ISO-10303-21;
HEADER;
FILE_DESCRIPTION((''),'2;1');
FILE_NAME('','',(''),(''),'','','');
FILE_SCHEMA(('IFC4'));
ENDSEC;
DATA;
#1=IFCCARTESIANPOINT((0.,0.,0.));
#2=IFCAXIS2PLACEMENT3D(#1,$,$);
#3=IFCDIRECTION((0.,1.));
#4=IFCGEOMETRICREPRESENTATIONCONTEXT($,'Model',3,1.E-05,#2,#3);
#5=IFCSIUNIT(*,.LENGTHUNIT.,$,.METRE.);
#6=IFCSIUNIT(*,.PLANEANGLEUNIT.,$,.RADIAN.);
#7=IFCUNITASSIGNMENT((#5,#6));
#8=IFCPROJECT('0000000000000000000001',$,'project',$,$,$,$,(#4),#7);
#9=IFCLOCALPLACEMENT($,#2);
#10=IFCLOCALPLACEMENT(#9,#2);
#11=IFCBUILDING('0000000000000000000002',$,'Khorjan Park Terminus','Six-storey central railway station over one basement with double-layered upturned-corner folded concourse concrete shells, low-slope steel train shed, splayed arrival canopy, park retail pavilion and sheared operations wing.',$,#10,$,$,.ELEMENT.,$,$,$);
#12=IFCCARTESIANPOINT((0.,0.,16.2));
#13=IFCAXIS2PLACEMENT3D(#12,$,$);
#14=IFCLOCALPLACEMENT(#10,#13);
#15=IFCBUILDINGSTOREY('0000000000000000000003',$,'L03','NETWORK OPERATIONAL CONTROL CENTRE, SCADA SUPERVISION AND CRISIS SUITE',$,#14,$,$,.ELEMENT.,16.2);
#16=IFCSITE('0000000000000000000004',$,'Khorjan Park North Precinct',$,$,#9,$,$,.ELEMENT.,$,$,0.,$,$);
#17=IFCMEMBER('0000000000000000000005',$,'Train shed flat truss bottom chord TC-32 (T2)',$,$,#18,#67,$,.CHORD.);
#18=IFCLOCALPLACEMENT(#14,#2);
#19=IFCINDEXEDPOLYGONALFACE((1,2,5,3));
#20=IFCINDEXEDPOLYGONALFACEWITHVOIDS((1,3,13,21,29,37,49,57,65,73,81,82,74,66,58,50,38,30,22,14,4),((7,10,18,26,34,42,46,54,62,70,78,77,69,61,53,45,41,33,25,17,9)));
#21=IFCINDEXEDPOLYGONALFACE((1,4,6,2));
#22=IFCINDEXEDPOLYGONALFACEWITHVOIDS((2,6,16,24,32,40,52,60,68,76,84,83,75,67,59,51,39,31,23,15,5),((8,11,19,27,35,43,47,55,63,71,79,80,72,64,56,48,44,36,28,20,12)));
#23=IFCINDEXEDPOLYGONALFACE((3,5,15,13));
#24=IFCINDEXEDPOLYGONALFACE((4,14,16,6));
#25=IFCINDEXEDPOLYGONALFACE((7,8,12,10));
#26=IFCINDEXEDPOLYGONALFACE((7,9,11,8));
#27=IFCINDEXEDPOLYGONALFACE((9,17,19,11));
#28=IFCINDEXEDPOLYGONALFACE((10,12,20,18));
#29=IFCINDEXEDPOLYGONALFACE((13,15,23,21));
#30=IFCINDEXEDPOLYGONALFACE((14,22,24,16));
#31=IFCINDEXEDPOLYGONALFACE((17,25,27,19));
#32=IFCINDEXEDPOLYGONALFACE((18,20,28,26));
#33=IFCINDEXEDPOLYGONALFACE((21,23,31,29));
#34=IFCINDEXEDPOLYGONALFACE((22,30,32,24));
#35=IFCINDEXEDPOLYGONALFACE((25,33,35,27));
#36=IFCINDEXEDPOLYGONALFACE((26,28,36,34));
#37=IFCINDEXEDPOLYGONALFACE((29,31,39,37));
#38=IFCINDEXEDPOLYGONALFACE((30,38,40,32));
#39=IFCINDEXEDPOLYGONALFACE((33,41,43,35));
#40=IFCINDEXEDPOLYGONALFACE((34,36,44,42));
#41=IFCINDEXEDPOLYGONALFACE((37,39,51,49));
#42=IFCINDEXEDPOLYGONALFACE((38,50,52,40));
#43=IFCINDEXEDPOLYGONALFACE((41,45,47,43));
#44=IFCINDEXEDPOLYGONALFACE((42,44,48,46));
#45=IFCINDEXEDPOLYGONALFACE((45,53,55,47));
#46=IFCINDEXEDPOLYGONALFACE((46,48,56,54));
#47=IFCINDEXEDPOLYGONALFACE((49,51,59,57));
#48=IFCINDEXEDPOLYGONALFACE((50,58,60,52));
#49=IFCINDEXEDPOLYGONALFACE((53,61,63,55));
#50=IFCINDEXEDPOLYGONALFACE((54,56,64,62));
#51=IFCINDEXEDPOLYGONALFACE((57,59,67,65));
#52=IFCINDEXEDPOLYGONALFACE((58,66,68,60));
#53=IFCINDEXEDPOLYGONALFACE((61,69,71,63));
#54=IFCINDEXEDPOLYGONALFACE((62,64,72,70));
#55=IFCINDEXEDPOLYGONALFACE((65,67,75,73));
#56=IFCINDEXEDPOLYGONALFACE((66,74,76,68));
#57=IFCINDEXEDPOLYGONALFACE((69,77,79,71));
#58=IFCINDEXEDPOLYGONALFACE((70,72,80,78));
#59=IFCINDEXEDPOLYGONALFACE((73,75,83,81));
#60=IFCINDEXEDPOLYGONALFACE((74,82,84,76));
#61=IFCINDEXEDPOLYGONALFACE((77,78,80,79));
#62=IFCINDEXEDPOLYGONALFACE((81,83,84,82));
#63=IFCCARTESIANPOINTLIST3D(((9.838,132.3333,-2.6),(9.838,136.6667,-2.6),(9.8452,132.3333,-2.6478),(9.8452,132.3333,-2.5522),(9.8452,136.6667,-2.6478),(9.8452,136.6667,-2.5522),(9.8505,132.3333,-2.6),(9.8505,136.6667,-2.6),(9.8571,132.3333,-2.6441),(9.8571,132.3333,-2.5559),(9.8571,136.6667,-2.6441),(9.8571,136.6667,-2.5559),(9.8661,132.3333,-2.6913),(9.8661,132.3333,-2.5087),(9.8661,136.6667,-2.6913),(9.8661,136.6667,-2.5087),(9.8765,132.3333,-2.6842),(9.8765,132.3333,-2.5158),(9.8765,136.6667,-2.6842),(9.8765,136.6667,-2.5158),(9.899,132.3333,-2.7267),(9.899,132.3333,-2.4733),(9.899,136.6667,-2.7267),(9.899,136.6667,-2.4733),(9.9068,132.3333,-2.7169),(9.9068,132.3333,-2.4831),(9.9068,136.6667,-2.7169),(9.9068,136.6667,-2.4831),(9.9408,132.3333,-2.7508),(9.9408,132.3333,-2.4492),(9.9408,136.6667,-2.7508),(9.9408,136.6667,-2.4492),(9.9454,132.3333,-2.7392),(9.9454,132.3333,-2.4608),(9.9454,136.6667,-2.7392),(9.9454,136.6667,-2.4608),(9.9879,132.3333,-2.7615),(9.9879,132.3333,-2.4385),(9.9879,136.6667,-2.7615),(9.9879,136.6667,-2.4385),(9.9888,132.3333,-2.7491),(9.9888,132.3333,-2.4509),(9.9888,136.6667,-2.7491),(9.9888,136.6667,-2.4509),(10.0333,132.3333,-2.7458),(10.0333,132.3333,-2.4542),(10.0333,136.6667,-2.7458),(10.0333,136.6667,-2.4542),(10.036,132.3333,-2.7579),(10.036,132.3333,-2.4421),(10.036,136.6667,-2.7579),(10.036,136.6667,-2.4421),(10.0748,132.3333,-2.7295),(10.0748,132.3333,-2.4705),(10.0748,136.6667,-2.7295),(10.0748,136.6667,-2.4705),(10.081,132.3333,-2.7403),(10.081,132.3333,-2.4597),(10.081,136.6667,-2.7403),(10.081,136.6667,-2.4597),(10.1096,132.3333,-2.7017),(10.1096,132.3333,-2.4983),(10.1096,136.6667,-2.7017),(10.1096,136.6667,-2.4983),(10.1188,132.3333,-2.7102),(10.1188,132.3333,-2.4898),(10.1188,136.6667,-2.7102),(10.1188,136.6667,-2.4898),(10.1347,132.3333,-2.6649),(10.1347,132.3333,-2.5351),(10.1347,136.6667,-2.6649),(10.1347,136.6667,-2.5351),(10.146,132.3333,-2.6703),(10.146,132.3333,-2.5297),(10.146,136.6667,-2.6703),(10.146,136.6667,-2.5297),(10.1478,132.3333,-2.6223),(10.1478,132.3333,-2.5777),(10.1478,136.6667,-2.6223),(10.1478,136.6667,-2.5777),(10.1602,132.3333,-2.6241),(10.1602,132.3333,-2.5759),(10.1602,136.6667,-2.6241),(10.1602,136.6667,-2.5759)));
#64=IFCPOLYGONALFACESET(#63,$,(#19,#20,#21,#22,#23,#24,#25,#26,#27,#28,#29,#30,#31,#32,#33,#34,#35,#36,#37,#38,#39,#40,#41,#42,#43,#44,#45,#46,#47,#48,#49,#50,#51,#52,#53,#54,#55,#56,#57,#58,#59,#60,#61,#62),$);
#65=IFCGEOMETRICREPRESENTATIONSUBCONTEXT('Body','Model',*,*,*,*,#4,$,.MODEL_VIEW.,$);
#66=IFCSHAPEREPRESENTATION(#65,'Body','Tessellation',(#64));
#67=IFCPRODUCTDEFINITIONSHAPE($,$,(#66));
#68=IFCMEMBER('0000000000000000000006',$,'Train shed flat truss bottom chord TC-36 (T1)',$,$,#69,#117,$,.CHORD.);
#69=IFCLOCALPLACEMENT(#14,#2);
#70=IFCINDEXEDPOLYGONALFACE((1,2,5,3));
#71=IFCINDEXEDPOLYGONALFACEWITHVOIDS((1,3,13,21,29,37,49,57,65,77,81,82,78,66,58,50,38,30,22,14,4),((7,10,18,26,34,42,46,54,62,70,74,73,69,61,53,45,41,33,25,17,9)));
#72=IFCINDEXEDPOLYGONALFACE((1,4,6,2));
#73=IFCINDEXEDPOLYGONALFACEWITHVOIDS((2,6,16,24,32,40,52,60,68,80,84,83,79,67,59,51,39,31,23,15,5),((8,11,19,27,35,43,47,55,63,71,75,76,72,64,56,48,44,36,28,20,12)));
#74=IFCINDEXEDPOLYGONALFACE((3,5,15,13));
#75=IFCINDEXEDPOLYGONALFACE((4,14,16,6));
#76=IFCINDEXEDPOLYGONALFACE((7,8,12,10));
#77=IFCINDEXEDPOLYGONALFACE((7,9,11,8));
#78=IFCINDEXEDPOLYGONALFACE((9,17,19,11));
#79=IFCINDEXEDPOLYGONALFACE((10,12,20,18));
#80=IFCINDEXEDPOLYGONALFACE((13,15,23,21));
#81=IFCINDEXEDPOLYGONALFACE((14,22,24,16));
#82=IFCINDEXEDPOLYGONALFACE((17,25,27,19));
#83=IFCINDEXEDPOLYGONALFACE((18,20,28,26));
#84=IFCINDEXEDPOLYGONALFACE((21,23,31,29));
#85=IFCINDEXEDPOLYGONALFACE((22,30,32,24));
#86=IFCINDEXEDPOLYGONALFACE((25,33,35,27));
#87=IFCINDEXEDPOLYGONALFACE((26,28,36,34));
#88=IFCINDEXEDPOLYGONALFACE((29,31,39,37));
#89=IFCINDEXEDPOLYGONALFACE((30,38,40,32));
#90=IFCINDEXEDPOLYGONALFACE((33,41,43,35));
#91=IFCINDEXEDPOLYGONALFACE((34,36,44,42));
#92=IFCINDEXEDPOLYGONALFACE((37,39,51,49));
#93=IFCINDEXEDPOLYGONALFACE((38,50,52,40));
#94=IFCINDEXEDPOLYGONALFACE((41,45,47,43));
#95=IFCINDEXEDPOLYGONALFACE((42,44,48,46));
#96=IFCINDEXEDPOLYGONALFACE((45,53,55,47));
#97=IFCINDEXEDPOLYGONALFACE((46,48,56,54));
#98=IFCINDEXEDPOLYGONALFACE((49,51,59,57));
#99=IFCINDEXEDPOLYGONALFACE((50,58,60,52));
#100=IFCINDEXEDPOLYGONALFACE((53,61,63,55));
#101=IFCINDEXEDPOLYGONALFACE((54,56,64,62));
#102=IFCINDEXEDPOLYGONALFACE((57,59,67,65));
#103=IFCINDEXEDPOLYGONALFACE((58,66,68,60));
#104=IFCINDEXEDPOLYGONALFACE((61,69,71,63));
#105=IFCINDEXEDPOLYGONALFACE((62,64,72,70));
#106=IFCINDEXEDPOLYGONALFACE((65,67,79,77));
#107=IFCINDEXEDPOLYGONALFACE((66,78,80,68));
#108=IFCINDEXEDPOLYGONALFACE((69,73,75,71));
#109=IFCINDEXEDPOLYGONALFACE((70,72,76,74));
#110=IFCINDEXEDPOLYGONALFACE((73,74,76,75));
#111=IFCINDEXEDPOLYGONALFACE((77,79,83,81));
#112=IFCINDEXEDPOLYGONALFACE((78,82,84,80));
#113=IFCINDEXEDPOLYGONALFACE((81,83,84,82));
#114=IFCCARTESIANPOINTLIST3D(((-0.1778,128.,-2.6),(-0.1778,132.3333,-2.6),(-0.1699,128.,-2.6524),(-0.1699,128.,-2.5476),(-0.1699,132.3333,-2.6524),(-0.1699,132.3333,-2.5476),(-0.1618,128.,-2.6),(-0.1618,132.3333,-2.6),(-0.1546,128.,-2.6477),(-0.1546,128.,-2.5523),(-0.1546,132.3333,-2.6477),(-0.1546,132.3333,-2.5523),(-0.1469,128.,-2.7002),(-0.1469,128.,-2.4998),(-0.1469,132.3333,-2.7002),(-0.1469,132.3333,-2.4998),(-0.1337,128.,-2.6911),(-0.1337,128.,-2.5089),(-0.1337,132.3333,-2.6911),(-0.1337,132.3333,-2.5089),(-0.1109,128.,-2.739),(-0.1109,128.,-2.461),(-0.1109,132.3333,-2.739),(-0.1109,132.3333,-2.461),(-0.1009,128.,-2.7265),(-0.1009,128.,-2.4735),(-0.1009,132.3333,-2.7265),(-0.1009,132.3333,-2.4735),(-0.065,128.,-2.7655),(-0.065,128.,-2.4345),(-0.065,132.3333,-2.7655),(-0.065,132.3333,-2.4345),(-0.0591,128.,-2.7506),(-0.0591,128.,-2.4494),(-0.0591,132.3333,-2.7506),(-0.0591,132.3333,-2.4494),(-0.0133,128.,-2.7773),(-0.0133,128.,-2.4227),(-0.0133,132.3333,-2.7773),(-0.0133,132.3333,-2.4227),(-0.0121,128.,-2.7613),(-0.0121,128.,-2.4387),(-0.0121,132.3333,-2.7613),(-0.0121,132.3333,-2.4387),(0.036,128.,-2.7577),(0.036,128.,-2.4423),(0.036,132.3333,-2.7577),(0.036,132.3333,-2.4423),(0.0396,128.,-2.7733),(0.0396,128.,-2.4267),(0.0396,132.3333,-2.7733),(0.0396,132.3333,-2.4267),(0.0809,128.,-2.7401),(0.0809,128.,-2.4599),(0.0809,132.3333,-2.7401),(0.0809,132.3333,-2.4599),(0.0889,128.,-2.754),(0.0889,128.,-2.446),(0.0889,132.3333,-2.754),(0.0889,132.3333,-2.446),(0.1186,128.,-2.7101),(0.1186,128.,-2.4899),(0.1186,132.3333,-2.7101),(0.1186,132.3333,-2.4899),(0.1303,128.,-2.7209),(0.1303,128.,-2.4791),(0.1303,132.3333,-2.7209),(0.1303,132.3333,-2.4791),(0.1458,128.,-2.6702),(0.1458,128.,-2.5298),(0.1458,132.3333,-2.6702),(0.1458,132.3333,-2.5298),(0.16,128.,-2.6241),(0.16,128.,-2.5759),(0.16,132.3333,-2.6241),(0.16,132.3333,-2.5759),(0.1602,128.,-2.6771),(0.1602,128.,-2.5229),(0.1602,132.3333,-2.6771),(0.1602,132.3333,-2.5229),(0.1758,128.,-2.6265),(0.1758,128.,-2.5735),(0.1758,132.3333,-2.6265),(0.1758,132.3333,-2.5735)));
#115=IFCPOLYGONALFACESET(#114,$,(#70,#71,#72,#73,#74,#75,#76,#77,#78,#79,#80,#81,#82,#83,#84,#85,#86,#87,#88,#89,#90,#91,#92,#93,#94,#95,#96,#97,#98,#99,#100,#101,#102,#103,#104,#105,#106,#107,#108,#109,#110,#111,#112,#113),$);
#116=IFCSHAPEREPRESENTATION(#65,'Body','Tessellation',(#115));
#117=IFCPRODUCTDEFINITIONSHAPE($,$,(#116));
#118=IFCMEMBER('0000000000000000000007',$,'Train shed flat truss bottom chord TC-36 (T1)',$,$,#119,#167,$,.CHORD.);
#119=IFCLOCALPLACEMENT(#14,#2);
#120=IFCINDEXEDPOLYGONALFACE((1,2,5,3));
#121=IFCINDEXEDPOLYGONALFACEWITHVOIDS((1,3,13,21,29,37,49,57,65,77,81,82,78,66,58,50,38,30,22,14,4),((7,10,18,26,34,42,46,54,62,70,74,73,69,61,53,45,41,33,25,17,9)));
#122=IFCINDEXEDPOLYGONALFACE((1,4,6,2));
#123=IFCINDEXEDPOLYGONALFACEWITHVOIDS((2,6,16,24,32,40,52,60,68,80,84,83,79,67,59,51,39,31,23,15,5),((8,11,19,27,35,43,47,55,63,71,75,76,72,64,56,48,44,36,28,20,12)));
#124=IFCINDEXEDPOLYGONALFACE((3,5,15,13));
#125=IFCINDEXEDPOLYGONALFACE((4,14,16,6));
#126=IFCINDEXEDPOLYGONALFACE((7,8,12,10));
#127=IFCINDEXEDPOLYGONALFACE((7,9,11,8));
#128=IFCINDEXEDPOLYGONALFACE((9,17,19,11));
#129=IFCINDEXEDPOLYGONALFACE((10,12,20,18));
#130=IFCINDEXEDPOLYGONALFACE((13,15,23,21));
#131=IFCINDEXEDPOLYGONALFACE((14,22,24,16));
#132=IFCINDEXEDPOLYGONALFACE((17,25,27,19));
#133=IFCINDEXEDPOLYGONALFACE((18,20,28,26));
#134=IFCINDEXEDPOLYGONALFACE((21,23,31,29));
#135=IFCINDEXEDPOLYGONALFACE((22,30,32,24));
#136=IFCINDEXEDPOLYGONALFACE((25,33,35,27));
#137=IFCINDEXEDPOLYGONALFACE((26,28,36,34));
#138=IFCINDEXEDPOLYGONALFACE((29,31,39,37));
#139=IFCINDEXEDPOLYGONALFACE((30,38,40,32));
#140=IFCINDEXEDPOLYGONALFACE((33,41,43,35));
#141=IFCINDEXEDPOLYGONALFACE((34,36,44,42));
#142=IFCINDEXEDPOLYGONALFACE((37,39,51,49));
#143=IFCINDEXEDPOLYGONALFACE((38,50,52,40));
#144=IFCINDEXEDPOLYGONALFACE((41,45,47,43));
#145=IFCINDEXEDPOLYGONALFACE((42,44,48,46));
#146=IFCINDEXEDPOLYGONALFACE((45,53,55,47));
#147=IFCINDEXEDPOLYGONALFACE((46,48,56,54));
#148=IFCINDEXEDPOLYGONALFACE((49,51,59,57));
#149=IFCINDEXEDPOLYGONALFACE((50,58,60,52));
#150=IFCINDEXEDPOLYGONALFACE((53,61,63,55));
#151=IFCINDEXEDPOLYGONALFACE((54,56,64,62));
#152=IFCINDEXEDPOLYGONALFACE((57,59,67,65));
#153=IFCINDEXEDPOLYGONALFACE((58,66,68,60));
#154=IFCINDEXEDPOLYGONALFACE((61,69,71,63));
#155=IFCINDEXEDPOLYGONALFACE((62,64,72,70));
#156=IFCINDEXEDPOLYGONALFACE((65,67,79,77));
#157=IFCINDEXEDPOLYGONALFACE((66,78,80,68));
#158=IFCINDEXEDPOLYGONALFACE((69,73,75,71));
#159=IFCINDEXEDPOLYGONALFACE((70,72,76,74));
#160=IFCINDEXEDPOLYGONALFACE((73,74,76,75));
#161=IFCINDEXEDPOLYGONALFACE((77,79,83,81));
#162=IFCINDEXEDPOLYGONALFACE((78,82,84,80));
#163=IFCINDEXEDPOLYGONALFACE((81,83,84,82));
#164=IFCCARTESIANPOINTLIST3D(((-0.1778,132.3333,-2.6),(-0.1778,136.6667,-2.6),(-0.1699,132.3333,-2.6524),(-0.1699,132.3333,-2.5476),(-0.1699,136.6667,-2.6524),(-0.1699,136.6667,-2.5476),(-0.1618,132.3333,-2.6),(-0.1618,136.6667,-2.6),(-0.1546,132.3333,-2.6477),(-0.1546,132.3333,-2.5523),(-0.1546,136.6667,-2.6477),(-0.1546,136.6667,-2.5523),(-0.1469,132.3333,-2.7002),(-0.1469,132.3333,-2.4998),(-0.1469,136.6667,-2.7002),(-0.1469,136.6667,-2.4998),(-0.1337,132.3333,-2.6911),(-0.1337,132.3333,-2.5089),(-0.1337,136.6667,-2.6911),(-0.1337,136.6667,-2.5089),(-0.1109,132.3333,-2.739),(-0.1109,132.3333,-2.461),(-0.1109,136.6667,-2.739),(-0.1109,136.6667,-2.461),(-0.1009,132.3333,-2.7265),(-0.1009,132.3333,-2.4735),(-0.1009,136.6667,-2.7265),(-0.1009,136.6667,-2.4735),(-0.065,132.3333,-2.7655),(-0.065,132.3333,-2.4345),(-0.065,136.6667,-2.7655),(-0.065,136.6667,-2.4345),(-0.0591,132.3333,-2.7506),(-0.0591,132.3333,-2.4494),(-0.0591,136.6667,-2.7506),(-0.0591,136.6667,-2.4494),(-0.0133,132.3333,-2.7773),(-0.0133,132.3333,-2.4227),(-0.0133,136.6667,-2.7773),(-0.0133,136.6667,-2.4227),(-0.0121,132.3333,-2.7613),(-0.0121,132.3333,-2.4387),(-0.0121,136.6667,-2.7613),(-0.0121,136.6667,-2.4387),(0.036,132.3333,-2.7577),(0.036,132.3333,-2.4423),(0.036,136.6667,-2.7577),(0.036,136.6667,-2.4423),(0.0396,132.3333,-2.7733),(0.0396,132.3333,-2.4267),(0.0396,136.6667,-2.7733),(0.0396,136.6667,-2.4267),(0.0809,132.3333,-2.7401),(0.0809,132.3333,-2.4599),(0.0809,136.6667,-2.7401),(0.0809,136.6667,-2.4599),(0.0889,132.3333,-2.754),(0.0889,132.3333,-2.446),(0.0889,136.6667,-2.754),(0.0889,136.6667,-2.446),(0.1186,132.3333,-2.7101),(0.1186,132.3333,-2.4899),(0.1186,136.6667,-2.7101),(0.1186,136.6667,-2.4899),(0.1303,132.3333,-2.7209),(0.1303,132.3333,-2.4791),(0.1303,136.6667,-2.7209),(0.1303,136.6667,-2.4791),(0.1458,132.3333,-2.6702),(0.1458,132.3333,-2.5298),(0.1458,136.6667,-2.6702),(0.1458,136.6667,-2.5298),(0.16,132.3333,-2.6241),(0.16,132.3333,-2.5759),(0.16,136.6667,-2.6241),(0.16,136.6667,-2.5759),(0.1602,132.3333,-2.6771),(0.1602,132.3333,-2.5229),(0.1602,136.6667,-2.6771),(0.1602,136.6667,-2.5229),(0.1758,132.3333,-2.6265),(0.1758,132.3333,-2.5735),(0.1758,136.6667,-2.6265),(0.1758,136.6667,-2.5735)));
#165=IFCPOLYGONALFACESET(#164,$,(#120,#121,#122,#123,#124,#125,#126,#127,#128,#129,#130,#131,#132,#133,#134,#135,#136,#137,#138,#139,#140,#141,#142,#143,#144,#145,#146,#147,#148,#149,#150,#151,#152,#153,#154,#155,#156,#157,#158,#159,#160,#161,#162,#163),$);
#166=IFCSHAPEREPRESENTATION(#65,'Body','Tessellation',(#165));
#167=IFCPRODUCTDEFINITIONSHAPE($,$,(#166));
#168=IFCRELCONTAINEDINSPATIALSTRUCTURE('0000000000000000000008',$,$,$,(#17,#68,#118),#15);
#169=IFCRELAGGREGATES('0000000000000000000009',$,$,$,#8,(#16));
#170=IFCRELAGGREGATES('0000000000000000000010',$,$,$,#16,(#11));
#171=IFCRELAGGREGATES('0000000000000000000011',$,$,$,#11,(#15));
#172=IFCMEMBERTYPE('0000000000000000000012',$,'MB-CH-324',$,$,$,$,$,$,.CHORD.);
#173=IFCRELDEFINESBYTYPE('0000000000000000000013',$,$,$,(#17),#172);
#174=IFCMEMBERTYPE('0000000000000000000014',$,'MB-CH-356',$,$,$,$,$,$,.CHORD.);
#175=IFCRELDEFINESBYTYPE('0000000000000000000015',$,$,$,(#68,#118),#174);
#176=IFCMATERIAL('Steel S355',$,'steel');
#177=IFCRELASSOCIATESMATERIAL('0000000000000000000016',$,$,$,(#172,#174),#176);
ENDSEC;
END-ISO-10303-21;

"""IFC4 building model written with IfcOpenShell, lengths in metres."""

from ifc_helpers import new_model, si_unit, direction, frame, origin, origin_2d, place, context, subcontext, project, spatial, hollow_circle, extrude, material, material_profile, profile_set, type_object, element, save


model = new_model("IFC4")

# Units and contexts
model_context = context("Model", 3, precision=1e-05, world=origin(), true_north=direction((0.0, 1.0)))
body_context = subcontext(model_context, "Body", "Model", "MODEL_VIEW")
ifc_project = project(units=[si_unit("LENGTHUNIT", "METRE"), si_unit("PLANEANGLEUNIT", "RADIAN")], contexts=[model_context])

# Site, building, storey
site_placement = place(None, origin())
site = spatial("IfcSite", under=ifc_project, at=site_placement, Name="Khorjan Park North Precinct", CompositionType="ELEMENT", RefElevation=0.0)
building_placement = place(site_placement, origin())
building = spatial("IfcBuilding", under=site, at=building_placement, Name="Khorjan Park Terminus", Description="Six-storey central railway station over one basement with double-layered upturned-corner folded concourse concrete shells, low-slope steel train shed, splayed arrival canopy, park retail pavilion and sheared operations wing.", CompositionType="ELEMENT")
storey_placement = place(building_placement, frame((0.0, 0.0, 16.2)))
storey = spatial("IfcBuildingStorey", under=building, at=storey_placement, Name="L03", Description="NETWORK OPERATIONAL CONTROL CENTRE, SCADA SUPERVISION AND CRISIS SUITE", CompositionType="ELEMENT", Elevation=16.2)

# Members
ifc_material_1 = material(Name="Steel S355", Category="steel")
ifc_material_profile_1 = material_profile(ifc_material_1, hollow_circle(Radius=0.162, WallThickness=0.0125, at=origin_2d()), Name="CHS 323.9x12.5")
ifc_profile_set_1 = profile_set([ifc_material_profile_1], Name="Steel S355")
member_type_1 = type_object("IfcMemberType", Name="MB-CH-324", PredefinedType="CHORD", material=ifc_profile_set_1)
member_1_placement = place(storey_placement, frame((10.0, 132.3333, -2.6), z_axis=(0.0, 1.0, 0.0), x_axis=(-1.0, 0.0, 0.0)))
element("IfcMember", 1, at=member_1_placement, inside=storey, type_object=member_type_1, Name="Train shed flat truss bottom chord TC-32 (T2)", PredefinedType="CHORD", context=body_context, shape_type="SweptSolid", body=[
    extrude(hollow_circle(Radius=0.162, WallThickness=0.0125, at=origin_2d()), origin(), (0.0, 0.0, 1.0), 4.3334),
])
ifc_material_profile_2 = material_profile(ifc_material_1, hollow_circle(Radius=0.1778, WallThickness=0.016, at=origin_2d()), Name="CHS 355.6x16")
ifc_profile_set_2 = profile_set([ifc_material_profile_2], Name="Steel S355")
member_type_2 = type_object("IfcMemberType", Name="MB-CH-356", PredefinedType="CHORD", material=ifc_profile_set_2)
member_2_placement = place(storey_placement, frame((0.0, 128.0, -2.6), z_axis=(0.0, 1.0, 0.0), x_axis=(-1.0, 0.0, 0.0)))
element("IfcMember", 2, at=member_2_placement, inside=storey, type_object=member_type_2, Name="Train shed flat truss bottom chord TC-36 (T1)", PredefinedType="CHORD", context=body_context, shape_type="SweptSolid", body=[
    extrude(hollow_circle(Radius=0.1778, WallThickness=0.016, at=origin_2d()), origin(), (0.0, 0.0, 1.0), 4.3333),
])
member_3_placement = place(storey_placement, frame((0.0, 132.3333, -2.6), z_axis=(0.0, 1.0, 0.0), x_axis=(-1.0, 0.0, 0.0)))
element("IfcMember", 3, at=member_3_placement, inside=storey, type_object=member_type_2, Name="Train shed flat truss bottom chord TC-36 (T1)", PredefinedType="CHORD", context=body_context, shape_type="SweptSolid", body=[
    extrude(hollow_circle(Radius=0.1778, WallThickness=0.016, at=origin_2d()), origin(), (0.0, 0.0, 1.0), 4.3334),
])

save(model, "model.ifc")
